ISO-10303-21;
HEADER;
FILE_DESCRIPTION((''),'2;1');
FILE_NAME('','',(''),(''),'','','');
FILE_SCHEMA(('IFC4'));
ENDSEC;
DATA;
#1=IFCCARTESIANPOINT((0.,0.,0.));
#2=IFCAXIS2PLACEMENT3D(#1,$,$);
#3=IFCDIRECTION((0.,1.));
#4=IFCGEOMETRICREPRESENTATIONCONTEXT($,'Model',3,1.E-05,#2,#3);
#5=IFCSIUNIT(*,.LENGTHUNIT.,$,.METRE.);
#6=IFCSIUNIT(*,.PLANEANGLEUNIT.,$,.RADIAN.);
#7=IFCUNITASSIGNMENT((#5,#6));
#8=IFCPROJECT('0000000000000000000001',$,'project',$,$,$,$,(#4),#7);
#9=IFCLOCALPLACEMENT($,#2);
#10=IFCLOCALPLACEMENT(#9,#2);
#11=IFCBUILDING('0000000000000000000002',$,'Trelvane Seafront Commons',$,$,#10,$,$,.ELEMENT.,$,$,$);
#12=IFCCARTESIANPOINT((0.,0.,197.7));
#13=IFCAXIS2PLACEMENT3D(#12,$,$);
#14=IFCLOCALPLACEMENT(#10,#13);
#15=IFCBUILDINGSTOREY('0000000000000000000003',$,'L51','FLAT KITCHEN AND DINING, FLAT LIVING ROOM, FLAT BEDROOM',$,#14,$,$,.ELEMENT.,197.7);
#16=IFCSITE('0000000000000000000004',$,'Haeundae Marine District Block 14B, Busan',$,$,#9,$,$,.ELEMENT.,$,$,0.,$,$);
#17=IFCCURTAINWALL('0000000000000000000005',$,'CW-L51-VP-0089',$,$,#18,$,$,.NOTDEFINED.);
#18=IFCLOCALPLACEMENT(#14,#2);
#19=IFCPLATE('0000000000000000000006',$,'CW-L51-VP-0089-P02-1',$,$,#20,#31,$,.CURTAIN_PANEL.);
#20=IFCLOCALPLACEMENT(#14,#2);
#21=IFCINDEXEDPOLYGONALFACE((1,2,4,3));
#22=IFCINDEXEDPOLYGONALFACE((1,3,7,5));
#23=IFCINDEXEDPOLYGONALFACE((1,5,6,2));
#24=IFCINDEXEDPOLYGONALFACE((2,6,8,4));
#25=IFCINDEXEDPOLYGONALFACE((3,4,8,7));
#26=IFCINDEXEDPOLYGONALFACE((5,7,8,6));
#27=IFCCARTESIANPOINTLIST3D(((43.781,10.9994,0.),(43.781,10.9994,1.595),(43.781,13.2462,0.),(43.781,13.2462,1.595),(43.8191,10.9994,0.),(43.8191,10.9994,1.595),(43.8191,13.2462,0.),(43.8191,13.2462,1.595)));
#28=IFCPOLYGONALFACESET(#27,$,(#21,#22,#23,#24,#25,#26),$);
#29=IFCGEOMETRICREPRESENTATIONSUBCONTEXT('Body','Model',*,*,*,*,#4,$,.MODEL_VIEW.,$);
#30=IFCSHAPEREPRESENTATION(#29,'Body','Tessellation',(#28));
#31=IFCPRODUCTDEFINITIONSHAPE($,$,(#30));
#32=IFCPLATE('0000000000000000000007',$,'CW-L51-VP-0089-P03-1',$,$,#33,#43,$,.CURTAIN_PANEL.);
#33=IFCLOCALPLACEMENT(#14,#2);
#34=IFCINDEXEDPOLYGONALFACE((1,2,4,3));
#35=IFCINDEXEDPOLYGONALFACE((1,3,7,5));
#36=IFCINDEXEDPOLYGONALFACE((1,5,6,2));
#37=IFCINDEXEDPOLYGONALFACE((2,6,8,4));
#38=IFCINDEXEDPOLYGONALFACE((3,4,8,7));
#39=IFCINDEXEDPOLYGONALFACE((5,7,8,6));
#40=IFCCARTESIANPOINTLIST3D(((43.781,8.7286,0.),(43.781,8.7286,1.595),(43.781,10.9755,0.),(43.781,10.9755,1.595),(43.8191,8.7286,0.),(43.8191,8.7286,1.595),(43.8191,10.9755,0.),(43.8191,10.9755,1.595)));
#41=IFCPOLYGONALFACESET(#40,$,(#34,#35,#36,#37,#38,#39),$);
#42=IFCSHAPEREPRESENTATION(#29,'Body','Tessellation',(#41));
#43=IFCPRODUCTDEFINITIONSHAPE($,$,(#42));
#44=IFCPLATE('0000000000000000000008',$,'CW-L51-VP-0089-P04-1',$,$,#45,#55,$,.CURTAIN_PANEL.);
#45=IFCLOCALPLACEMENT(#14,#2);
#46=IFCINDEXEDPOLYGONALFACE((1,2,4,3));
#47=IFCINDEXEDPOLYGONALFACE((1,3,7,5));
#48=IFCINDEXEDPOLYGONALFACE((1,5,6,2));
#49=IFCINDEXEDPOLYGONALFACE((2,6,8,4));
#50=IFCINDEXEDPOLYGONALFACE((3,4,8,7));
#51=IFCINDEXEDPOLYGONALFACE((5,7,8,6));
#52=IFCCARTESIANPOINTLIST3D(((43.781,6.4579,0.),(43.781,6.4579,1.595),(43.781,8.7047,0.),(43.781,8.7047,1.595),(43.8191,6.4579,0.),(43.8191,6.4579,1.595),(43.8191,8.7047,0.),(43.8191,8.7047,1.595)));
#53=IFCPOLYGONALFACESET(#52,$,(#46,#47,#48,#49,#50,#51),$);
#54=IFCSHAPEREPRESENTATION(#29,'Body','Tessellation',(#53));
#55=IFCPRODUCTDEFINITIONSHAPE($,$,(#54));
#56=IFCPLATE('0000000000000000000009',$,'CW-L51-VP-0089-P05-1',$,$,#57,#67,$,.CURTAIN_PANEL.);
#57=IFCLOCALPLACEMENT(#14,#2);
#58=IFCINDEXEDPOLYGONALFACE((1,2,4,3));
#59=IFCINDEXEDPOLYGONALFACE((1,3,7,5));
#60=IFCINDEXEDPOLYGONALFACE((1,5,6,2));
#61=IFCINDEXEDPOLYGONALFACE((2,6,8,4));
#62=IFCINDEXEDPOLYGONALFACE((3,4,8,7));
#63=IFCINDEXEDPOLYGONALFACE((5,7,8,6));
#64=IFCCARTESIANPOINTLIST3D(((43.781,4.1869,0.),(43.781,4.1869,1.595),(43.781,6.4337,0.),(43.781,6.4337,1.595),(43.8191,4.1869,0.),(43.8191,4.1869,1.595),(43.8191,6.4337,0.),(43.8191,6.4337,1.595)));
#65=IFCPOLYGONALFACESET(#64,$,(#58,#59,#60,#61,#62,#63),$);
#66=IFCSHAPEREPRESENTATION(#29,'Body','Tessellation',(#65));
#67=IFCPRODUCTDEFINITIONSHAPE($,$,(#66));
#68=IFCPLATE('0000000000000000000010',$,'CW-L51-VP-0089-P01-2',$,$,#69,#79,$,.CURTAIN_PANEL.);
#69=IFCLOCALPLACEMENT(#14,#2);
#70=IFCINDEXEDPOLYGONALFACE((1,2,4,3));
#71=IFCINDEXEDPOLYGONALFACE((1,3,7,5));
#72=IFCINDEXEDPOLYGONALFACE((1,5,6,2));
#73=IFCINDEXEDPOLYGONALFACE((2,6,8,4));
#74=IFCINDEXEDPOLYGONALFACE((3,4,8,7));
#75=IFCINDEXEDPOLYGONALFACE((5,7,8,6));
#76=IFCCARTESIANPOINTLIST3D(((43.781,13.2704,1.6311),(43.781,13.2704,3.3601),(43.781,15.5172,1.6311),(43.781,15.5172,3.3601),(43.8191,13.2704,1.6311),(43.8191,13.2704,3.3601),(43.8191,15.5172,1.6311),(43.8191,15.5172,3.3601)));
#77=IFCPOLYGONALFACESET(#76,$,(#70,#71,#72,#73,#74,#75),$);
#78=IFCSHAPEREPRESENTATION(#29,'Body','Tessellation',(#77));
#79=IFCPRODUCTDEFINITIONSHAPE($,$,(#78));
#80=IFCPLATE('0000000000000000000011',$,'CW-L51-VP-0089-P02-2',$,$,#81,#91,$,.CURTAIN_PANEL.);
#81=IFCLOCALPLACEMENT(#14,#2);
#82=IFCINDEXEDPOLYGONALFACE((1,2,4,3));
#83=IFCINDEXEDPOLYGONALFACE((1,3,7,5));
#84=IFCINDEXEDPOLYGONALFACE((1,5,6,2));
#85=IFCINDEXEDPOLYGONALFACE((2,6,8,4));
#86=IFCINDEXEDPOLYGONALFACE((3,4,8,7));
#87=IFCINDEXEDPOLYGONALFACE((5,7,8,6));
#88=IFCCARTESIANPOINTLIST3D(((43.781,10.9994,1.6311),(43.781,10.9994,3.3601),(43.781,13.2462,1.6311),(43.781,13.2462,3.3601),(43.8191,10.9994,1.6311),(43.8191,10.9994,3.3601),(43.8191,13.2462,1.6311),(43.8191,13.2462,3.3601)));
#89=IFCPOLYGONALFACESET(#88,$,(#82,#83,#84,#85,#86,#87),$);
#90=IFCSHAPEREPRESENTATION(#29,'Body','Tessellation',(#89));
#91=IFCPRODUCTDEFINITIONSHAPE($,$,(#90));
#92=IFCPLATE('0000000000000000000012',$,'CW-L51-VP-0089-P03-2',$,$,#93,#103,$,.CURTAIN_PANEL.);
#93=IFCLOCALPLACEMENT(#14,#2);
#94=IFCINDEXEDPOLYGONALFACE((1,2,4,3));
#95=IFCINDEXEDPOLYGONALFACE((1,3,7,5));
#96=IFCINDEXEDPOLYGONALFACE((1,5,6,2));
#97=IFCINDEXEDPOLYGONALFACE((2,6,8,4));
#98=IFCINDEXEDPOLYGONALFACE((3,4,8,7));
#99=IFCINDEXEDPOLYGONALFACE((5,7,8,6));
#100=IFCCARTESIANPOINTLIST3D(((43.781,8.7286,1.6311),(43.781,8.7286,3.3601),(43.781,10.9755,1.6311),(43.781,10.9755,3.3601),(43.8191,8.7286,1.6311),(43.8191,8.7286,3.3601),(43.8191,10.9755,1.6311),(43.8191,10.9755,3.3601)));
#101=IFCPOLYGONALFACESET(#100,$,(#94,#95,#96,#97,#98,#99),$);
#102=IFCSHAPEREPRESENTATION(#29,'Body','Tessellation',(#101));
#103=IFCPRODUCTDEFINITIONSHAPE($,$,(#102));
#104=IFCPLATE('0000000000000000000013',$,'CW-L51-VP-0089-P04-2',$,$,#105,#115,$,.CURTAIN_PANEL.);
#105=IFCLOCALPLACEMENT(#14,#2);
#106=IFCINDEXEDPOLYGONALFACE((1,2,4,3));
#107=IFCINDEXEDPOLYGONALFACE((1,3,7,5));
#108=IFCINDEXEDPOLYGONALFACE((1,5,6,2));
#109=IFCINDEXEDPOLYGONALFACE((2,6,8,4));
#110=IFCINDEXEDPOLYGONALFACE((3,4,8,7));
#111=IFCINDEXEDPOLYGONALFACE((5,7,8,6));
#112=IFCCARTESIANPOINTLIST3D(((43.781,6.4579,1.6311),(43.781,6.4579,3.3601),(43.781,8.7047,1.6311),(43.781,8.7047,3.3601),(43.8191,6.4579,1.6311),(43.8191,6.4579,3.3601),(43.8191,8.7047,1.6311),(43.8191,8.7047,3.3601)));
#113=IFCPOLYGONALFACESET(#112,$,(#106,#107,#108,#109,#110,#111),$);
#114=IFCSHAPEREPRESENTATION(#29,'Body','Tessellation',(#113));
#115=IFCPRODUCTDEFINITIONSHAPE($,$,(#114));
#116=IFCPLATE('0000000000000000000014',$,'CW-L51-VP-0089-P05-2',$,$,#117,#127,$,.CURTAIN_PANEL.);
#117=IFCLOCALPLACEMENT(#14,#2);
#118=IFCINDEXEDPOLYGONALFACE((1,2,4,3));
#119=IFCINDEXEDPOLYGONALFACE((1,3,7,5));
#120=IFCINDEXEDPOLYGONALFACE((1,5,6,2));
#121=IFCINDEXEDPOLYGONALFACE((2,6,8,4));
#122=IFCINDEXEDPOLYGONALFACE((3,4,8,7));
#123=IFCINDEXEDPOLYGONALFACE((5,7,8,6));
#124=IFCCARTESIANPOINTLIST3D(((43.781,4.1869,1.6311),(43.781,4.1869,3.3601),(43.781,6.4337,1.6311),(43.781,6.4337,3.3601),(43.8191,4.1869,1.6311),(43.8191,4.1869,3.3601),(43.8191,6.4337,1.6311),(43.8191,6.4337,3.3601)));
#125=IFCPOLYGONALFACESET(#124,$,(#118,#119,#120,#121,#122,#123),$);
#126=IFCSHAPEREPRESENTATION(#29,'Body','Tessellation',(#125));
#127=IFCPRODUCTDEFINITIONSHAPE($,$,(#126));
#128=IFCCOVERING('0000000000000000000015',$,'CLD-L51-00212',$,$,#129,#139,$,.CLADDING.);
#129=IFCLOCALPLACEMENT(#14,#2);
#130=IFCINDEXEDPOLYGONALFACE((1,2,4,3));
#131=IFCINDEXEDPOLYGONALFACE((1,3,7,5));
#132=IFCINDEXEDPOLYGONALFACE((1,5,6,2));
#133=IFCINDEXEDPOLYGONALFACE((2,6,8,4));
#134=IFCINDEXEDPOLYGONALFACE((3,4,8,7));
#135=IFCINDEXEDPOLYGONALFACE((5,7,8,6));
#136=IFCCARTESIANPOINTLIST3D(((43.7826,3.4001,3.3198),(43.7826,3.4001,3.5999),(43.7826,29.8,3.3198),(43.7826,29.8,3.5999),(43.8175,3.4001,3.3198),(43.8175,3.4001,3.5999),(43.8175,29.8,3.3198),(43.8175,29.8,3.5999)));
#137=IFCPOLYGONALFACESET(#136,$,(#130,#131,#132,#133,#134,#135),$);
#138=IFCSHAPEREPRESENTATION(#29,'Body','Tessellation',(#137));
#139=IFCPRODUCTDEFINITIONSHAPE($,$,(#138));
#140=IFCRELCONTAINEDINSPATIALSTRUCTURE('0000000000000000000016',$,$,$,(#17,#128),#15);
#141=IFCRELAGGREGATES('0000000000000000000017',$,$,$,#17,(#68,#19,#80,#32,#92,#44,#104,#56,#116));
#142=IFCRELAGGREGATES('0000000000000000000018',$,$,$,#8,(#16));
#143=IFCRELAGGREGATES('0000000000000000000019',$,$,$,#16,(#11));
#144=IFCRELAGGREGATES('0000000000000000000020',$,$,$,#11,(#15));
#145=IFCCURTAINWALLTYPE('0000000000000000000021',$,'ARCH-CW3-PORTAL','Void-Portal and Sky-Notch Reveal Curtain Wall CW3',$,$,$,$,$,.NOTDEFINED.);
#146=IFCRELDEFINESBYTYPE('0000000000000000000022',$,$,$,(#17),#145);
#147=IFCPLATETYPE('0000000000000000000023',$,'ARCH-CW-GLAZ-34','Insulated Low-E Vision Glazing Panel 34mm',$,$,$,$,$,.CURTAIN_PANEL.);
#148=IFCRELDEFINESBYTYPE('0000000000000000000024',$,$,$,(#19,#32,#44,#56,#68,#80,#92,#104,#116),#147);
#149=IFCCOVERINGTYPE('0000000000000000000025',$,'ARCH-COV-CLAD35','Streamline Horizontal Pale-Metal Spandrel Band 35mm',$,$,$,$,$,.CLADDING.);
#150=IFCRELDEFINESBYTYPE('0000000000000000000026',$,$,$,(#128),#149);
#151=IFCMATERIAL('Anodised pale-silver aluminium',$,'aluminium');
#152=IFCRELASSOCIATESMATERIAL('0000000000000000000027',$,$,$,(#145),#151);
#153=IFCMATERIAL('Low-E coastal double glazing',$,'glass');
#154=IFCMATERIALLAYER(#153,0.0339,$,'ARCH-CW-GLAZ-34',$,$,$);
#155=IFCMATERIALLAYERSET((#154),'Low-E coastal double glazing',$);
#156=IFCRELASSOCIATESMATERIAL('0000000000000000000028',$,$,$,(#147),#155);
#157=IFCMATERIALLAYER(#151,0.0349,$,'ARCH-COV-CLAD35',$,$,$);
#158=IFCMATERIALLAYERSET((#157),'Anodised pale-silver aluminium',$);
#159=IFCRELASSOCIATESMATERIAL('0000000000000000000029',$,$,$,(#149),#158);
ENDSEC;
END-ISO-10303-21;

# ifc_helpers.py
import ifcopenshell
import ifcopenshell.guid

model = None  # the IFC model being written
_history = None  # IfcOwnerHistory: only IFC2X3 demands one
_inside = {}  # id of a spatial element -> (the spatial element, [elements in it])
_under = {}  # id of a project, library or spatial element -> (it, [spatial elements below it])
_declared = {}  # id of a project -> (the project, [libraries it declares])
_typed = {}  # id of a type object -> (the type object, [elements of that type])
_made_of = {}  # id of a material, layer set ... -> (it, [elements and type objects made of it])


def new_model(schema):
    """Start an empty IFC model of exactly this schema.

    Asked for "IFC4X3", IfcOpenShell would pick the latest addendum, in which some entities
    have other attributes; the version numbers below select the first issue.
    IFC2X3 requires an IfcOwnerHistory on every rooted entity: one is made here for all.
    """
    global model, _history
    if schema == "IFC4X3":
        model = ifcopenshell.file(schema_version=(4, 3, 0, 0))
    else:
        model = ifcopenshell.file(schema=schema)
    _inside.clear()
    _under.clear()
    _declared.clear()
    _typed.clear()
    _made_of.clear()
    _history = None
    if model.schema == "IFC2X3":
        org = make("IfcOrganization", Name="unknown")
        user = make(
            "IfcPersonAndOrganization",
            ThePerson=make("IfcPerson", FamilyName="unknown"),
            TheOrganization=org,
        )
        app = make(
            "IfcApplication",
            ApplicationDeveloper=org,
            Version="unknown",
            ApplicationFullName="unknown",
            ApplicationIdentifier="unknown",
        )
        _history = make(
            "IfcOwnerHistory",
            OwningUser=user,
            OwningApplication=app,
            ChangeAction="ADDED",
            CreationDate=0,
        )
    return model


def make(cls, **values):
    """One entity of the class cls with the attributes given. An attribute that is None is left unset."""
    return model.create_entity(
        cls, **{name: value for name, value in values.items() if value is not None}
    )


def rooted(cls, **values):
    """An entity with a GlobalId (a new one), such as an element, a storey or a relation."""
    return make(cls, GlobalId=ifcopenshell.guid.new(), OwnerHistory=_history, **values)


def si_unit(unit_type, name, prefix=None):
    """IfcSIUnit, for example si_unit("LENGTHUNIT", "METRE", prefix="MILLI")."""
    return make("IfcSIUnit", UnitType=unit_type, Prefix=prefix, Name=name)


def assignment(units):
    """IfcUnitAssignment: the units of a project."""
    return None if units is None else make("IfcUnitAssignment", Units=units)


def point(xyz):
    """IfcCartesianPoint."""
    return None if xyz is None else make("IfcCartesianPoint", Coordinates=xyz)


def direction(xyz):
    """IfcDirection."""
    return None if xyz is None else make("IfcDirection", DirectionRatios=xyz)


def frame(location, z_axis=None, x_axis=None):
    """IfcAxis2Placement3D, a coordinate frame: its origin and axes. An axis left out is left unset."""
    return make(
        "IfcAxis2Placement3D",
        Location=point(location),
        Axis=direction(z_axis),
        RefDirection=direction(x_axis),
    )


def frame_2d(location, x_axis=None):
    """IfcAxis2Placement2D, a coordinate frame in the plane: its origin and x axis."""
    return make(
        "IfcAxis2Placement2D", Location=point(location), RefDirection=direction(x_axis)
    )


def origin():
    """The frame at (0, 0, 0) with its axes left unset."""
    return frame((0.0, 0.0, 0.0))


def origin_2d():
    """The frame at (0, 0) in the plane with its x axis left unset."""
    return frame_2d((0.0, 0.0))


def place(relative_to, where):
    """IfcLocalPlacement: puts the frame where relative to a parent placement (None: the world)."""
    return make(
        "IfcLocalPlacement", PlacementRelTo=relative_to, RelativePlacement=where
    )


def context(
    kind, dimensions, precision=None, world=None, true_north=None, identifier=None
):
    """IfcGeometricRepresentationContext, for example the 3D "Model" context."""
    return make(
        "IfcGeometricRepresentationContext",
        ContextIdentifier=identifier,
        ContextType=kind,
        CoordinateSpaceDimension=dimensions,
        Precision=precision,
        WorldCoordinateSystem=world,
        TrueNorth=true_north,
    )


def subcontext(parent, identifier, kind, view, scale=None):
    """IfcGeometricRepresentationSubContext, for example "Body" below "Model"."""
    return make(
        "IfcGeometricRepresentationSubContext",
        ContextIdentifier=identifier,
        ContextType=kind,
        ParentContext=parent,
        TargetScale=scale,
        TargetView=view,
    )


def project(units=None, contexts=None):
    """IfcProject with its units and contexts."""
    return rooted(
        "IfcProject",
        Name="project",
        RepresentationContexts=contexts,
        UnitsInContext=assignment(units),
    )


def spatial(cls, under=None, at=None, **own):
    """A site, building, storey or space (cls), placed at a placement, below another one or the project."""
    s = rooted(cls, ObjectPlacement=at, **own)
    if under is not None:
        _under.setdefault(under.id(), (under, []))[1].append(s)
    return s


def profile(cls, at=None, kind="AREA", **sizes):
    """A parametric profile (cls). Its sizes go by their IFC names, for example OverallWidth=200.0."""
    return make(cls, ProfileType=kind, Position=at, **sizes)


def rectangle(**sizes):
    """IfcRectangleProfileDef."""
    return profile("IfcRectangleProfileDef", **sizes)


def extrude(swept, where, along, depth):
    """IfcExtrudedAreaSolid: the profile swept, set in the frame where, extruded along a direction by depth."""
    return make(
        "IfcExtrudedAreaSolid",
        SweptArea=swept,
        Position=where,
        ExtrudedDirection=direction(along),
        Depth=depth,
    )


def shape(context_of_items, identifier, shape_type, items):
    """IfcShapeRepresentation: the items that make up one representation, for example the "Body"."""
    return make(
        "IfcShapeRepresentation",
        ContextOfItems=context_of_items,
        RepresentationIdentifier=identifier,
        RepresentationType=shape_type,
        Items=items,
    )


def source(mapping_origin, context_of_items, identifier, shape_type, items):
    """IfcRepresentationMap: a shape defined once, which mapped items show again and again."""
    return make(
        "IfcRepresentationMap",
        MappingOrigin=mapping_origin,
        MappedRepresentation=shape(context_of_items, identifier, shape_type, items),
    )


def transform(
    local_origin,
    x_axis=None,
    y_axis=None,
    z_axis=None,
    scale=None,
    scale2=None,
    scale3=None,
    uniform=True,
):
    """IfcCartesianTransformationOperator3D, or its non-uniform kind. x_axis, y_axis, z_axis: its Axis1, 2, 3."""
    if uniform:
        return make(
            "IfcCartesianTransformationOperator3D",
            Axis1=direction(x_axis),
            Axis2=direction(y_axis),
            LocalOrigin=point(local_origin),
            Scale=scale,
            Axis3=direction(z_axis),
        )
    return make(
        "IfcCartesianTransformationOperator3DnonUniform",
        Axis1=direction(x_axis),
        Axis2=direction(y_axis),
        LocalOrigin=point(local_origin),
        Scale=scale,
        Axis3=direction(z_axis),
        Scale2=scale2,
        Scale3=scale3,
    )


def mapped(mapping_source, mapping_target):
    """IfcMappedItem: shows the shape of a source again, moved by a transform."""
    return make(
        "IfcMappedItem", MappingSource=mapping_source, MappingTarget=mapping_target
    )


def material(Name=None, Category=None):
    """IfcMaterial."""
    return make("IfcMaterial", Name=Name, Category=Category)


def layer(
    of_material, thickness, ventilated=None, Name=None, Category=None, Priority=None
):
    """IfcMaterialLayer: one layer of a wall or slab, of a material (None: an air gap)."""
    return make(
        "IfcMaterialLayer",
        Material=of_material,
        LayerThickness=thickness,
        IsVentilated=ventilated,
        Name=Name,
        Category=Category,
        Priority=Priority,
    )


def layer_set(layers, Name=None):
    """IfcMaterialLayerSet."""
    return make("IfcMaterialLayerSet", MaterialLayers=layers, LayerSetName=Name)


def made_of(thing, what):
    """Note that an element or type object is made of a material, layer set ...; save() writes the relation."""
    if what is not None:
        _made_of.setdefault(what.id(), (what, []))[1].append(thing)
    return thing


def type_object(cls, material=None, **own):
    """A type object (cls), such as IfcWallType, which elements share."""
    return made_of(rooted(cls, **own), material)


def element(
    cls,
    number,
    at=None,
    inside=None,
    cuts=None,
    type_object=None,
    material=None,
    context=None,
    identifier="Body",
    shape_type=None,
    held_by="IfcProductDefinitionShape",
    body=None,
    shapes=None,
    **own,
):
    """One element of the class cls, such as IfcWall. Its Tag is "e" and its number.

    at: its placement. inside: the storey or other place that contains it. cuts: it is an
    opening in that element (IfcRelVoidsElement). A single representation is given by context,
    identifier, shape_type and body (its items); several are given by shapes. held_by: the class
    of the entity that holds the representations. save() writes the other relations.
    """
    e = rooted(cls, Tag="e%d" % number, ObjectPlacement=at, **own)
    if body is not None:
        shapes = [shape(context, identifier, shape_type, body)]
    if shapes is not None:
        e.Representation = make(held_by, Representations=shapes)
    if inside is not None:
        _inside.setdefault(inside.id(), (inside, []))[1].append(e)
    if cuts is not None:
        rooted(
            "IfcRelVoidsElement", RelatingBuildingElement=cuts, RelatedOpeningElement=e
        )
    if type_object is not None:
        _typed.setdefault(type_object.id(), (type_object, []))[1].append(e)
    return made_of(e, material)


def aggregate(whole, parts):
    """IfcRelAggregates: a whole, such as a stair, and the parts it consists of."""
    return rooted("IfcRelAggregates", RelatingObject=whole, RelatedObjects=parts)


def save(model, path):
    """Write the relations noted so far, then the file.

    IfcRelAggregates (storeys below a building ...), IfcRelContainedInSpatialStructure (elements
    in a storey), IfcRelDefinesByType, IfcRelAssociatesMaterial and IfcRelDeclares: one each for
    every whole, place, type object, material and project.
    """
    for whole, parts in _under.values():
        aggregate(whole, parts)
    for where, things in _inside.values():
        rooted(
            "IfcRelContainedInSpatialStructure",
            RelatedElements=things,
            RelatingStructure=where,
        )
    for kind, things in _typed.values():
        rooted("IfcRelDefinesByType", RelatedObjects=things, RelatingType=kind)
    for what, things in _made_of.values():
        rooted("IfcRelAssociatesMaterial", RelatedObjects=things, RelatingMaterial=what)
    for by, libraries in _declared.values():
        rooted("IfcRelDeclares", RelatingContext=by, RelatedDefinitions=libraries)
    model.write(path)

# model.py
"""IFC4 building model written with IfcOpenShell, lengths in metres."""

from ifc_helpers import new_model, si_unit, direction, frame, origin, origin_2d, place, context, subcontext, project, spatial, rectangle, extrude, source, transform, mapped, material, layer, layer_set, type_object, element, aggregate, save


model = new_model("IFC4")

# Units and contexts
model_context = context("Model", 3, precision=1e-05, world=origin(), true_north=direction((0.0, 1.0)))
body_context = subcontext(model_context, "Body", "Model", "MODEL_VIEW")
ifc_project = project(units=[si_unit("LENGTHUNIT", "METRE"), si_unit("PLANEANGLEUNIT", "RADIAN")], contexts=[model_context])

# Site, building, storey
site_placement = place(None, origin())
site = spatial("IfcSite", under=ifc_project, at=site_placement, Name="Haeundae Marine District Block 14B, Busan", CompositionType="ELEMENT", RefElevation=0.0)
building_placement = place(site_placement, origin())
building = spatial("IfcBuilding", under=site, at=building_placement, Name="Trelvane Seafront Commons", CompositionType="ELEMENT")
storey_placement = place(building_placement, frame((0.0, 0.0, 197.7)))
storey = spatial("IfcBuildingStorey", under=building, at=storey_placement, Name="L51", Description="FLAT KITCHEN AND DINING, FLAT LIVING ROOM, FLAT BEDROOM", CompositionType="ELEMENT", Elevation=197.7)

# Curtain wall
ifc_material_1 = material(Name="Anodised pale-silver aluminium", Category="aluminium")
curtain_wall_type = type_object("IfcCurtainWallType", Name="ARCH-CW3-PORTAL", Description="Void-Portal and Sky-Notch Reveal Curtain Wall CW3", PredefinedType="NOTDEFINED", material=ifc_material_1)
curtain_wall_placement = place(storey_placement, origin())
curtain_wall = element("IfcCurtainWall", 1, at=curtain_wall_placement, inside=storey, type_object=curtain_wall_type, Name="CW-L51-VP-0089", PredefinedType="NOTDEFINED")

# Plates
ifc_material_2 = material(Name="Low-E coastal double glazing", Category="glass")
ifc_layer_1 = layer(ifc_material_2, 0.0339, Name="ARCH-CW-GLAZ-34")
ifc_layer_set_1 = layer_set([ifc_layer_1], Name="Low-E coastal double glazing")
plate_type_1 = type_object("IfcPlateType", Name="ARCH-CW-GLAZ-34", Description="Insulated Low-E Vision Glazing Panel 34mm", PredefinedType="CURTAIN_PANEL", material=ifc_layer_set_1)
shared_shape_1 = source(origin(), body_context, "Body", "SweptSolid", [
    extrude(rectangle(XDim=2.2468, YDim=0.0381, at=origin_2d()), origin(), (0.0, 0.0, 1.0), 1.595),
])
plate_1_placement = place(storey_placement, frame((43.8, 12.1228, 0.0), z_axis=(0.0, 0.0, 1.0), x_axis=(0.0, -1.0, 0.0)))
plate_1 = element("IfcPlate", 2, at=plate_1_placement, type_object=plate_type_1, Name="CW-L51-VP-0089-P02-1", PredefinedType="CURTAIN_PANEL", context=body_context, shape_type="MappedRepresentation", body=[
    mapped(shared_shape_1, transform((0.0, 0.0, 0.0), x_axis=(1.0, 0.0, 0.0), y_axis=(0.0, 1.0, 0.0), z_axis=(0.0, 0.0, 1.0), scale=1.0)),
])
plate_2_placement = place(storey_placement, frame((43.8, 9.8521, 0.0), z_axis=(0.0, 0.0, 1.0), x_axis=(0.0, -1.0, 0.0)))
plate_2 = element("IfcPlate", 3, at=plate_2_placement, type_object=plate_type_1, Name="CW-L51-VP-0089-P03-1", PredefinedType="CURTAIN_PANEL", context=body_context, shape_type="MappedRepresentation", body=[
    mapped(shared_shape_1, transform((0.0, 0.0, 0.0), x_axis=(1.0, 0.0, 0.0), y_axis=(0.0, 1.0, 0.0), z_axis=(0.0, 0.0, 1.0), scale=1.0)),
])
plate_3_placement = place(storey_placement, frame((43.8, 7.5813, 0.0), z_axis=(0.0, 0.0, 1.0), x_axis=(0.0, -1.0, 0.0)))
plate_3 = element("IfcPlate", 4, at=plate_3_placement, type_object=plate_type_1, Name="CW-L51-VP-0089-P04-1", PredefinedType="CURTAIN_PANEL", context=body_context, shape_type="MappedRepresentation", body=[
    mapped(shared_shape_1, transform((0.0, 0.0, 0.0), x_axis=(1.0, 0.0, 0.0), y_axis=(0.0, 1.0, 0.0), z_axis=(0.0, 0.0, 1.0), scale=1.0)),
])
plate_4_placement = place(storey_placement, frame((43.8, 5.3103, 0.0), z_axis=(0.0, 0.0, 1.0), x_axis=(0.0, -1.0, 0.0)))
plate_4 = element("IfcPlate", 5, at=plate_4_placement, type_object=plate_type_1, Name="CW-L51-VP-0089-P05-1", PredefinedType="CURTAIN_PANEL", context=body_context, shape_type="MappedRepresentation", body=[
    mapped(shared_shape_1, transform((0.0, 0.0, 0.0), x_axis=(1.0, 0.0, 0.0), y_axis=(0.0, 1.0, 0.0), z_axis=(0.0, 0.0, 1.0), scale=1.0)),
])
shared_shape_2 = source(origin(), body_context, "Body", "SweptSolid", [
    extrude(rectangle(XDim=2.2468, YDim=0.0381, at=origin_2d()), origin(), (0.0, 0.0, 1.0), 1.729),
])
plate_5_placement = place(storey_placement, frame((43.8, 14.3938, 1.6311), z_axis=(0.0, 0.0, 1.0), x_axis=(0.0, -1.0, 0.0)))
plate_5 = element("IfcPlate", 6, at=plate_5_placement, type_object=plate_type_1, Name="CW-L51-VP-0089-P01-2", PredefinedType="CURTAIN_PANEL", context=body_context, shape_type="MappedRepresentation", body=[
    mapped(shared_shape_2, transform((0.0, 0.0, 0.0), x_axis=(1.0, 0.0, 0.0), y_axis=(0.0, 1.0, 0.0), z_axis=(0.0, 0.0, 1.0), scale=1.0)),
])
plate_6_placement = place(storey_placement, frame((43.8, 12.1228, 1.6311), z_axis=(0.0, 0.0, 1.0), x_axis=(0.0, -1.0, 0.0)))
plate_6 = element("IfcPlate", 7, at=plate_6_placement, type_object=plate_type_1, Name="CW-L51-VP-0089-P02-2", PredefinedType="CURTAIN_PANEL", context=body_context, shape_type="MappedRepresentation", body=[
    mapped(shared_shape_2, transform((0.0, 0.0, 0.0), x_axis=(1.0, 0.0, 0.0), y_axis=(0.0, 1.0, 0.0), z_axis=(0.0, 0.0, 1.0), scale=1.0)),
])
plate_7_placement = place(storey_placement, frame((43.8, 9.8521, 1.6311), z_axis=(0.0, 0.0, 1.0), x_axis=(0.0, -1.0, 0.0)))
plate_7 = element("IfcPlate", 8, at=plate_7_placement, type_object=plate_type_1, Name="CW-L51-VP-0089-P03-2", PredefinedType="CURTAIN_PANEL", context=body_context, shape_type="MappedRepresentation", body=[
    mapped(shared_shape_2, transform((0.0, 0.0, 0.0), x_axis=(1.0, 0.0, 0.0), y_axis=(0.0, 1.0, 0.0), z_axis=(0.0, 0.0, 1.0), scale=1.0)),
])
plate_8_placement = place(storey_placement, frame((43.8, 7.5813, 1.6311), z_axis=(0.0, 0.0, 1.0), x_axis=(0.0, -1.0, 0.0)))
plate_8 = element("IfcPlate", 9, at=plate_8_placement, type_object=plate_type_1, Name="CW-L51-VP-0089-P04-2", PredefinedType="CURTAIN_PANEL", context=body_context, shape_type="MappedRepresentation", body=[
    mapped(shared_shape_2, transform((0.0, 0.0, 0.0), x_axis=(1.0, 0.0, 0.0), y_axis=(0.0, 1.0, 0.0), z_axis=(0.0, 0.0, 1.0), scale=1.0)),
])
plate_9_placement = place(storey_placement, frame((43.8, 5.3103, 1.6311), z_axis=(0.0, 0.0, 1.0), x_axis=(0.0, -1.0, 0.0)))
plate_9 = element("IfcPlate", 10, at=plate_9_placement, type_object=plate_type_1, Name="CW-L51-VP-0089-P05-2", PredefinedType="CURTAIN_PANEL", context=body_context, shape_type="MappedRepresentation", body=[
    mapped(shared_shape_2, transform((0.0, 0.0, 0.0), x_axis=(1.0, 0.0, 0.0), y_axis=(0.0, 1.0, 0.0), z_axis=(0.0, 0.0, 1.0), scale=1.0)),
])
aggregate(curtain_wall, [plate_5, plate_1, plate_6, plate_2, plate_7, plate_3, plate_8, plate_4, plate_9])

# Covering
ifc_layer_2 = layer(ifc_material_1, 0.0349, Name="ARCH-COV-CLAD35")
ifc_layer_set_2 = layer_set([ifc_layer_2], Name="Anodised pale-silver aluminium")
covering_type = type_object("IfcCoveringType", Name="ARCH-COV-CLAD35", Description="Streamline Horizontal Pale-Metal Spandrel Band 35mm", PredefinedType="CLADDING", material=ifc_layer_set_2)
shared_shape_3 = source(origin(), body_context, "Body", "SweptSolid", [
    extrude(rectangle(XDim=26.3999, YDim=0.0349, at=origin_2d()), origin(), (0.0, 0.0, 1.0), 0.28),
])
covering_placement = place(storey_placement, frame((43.8, 16.6001, 3.3198), z_axis=(0.0, 0.0, 1.0), x_axis=(0.0, 1.0, 0.0)))
element("IfcCovering", 11, at=covering_placement, inside=storey, type_object=covering_type, Name="CLD-L51-00212", PredefinedType="CLADDING", context=body_context, shape_type="MappedRepresentation", body=[
    mapped(shared_shape_3, transform((0.0, 0.0, 0.0), x_axis=(1.0, 0.0, 0.0), y_axis=(0.0, 1.0, 0.0), z_axis=(0.0, 0.0, 1.0), scale=1.0)),
])

save(model, "model.ifc")
